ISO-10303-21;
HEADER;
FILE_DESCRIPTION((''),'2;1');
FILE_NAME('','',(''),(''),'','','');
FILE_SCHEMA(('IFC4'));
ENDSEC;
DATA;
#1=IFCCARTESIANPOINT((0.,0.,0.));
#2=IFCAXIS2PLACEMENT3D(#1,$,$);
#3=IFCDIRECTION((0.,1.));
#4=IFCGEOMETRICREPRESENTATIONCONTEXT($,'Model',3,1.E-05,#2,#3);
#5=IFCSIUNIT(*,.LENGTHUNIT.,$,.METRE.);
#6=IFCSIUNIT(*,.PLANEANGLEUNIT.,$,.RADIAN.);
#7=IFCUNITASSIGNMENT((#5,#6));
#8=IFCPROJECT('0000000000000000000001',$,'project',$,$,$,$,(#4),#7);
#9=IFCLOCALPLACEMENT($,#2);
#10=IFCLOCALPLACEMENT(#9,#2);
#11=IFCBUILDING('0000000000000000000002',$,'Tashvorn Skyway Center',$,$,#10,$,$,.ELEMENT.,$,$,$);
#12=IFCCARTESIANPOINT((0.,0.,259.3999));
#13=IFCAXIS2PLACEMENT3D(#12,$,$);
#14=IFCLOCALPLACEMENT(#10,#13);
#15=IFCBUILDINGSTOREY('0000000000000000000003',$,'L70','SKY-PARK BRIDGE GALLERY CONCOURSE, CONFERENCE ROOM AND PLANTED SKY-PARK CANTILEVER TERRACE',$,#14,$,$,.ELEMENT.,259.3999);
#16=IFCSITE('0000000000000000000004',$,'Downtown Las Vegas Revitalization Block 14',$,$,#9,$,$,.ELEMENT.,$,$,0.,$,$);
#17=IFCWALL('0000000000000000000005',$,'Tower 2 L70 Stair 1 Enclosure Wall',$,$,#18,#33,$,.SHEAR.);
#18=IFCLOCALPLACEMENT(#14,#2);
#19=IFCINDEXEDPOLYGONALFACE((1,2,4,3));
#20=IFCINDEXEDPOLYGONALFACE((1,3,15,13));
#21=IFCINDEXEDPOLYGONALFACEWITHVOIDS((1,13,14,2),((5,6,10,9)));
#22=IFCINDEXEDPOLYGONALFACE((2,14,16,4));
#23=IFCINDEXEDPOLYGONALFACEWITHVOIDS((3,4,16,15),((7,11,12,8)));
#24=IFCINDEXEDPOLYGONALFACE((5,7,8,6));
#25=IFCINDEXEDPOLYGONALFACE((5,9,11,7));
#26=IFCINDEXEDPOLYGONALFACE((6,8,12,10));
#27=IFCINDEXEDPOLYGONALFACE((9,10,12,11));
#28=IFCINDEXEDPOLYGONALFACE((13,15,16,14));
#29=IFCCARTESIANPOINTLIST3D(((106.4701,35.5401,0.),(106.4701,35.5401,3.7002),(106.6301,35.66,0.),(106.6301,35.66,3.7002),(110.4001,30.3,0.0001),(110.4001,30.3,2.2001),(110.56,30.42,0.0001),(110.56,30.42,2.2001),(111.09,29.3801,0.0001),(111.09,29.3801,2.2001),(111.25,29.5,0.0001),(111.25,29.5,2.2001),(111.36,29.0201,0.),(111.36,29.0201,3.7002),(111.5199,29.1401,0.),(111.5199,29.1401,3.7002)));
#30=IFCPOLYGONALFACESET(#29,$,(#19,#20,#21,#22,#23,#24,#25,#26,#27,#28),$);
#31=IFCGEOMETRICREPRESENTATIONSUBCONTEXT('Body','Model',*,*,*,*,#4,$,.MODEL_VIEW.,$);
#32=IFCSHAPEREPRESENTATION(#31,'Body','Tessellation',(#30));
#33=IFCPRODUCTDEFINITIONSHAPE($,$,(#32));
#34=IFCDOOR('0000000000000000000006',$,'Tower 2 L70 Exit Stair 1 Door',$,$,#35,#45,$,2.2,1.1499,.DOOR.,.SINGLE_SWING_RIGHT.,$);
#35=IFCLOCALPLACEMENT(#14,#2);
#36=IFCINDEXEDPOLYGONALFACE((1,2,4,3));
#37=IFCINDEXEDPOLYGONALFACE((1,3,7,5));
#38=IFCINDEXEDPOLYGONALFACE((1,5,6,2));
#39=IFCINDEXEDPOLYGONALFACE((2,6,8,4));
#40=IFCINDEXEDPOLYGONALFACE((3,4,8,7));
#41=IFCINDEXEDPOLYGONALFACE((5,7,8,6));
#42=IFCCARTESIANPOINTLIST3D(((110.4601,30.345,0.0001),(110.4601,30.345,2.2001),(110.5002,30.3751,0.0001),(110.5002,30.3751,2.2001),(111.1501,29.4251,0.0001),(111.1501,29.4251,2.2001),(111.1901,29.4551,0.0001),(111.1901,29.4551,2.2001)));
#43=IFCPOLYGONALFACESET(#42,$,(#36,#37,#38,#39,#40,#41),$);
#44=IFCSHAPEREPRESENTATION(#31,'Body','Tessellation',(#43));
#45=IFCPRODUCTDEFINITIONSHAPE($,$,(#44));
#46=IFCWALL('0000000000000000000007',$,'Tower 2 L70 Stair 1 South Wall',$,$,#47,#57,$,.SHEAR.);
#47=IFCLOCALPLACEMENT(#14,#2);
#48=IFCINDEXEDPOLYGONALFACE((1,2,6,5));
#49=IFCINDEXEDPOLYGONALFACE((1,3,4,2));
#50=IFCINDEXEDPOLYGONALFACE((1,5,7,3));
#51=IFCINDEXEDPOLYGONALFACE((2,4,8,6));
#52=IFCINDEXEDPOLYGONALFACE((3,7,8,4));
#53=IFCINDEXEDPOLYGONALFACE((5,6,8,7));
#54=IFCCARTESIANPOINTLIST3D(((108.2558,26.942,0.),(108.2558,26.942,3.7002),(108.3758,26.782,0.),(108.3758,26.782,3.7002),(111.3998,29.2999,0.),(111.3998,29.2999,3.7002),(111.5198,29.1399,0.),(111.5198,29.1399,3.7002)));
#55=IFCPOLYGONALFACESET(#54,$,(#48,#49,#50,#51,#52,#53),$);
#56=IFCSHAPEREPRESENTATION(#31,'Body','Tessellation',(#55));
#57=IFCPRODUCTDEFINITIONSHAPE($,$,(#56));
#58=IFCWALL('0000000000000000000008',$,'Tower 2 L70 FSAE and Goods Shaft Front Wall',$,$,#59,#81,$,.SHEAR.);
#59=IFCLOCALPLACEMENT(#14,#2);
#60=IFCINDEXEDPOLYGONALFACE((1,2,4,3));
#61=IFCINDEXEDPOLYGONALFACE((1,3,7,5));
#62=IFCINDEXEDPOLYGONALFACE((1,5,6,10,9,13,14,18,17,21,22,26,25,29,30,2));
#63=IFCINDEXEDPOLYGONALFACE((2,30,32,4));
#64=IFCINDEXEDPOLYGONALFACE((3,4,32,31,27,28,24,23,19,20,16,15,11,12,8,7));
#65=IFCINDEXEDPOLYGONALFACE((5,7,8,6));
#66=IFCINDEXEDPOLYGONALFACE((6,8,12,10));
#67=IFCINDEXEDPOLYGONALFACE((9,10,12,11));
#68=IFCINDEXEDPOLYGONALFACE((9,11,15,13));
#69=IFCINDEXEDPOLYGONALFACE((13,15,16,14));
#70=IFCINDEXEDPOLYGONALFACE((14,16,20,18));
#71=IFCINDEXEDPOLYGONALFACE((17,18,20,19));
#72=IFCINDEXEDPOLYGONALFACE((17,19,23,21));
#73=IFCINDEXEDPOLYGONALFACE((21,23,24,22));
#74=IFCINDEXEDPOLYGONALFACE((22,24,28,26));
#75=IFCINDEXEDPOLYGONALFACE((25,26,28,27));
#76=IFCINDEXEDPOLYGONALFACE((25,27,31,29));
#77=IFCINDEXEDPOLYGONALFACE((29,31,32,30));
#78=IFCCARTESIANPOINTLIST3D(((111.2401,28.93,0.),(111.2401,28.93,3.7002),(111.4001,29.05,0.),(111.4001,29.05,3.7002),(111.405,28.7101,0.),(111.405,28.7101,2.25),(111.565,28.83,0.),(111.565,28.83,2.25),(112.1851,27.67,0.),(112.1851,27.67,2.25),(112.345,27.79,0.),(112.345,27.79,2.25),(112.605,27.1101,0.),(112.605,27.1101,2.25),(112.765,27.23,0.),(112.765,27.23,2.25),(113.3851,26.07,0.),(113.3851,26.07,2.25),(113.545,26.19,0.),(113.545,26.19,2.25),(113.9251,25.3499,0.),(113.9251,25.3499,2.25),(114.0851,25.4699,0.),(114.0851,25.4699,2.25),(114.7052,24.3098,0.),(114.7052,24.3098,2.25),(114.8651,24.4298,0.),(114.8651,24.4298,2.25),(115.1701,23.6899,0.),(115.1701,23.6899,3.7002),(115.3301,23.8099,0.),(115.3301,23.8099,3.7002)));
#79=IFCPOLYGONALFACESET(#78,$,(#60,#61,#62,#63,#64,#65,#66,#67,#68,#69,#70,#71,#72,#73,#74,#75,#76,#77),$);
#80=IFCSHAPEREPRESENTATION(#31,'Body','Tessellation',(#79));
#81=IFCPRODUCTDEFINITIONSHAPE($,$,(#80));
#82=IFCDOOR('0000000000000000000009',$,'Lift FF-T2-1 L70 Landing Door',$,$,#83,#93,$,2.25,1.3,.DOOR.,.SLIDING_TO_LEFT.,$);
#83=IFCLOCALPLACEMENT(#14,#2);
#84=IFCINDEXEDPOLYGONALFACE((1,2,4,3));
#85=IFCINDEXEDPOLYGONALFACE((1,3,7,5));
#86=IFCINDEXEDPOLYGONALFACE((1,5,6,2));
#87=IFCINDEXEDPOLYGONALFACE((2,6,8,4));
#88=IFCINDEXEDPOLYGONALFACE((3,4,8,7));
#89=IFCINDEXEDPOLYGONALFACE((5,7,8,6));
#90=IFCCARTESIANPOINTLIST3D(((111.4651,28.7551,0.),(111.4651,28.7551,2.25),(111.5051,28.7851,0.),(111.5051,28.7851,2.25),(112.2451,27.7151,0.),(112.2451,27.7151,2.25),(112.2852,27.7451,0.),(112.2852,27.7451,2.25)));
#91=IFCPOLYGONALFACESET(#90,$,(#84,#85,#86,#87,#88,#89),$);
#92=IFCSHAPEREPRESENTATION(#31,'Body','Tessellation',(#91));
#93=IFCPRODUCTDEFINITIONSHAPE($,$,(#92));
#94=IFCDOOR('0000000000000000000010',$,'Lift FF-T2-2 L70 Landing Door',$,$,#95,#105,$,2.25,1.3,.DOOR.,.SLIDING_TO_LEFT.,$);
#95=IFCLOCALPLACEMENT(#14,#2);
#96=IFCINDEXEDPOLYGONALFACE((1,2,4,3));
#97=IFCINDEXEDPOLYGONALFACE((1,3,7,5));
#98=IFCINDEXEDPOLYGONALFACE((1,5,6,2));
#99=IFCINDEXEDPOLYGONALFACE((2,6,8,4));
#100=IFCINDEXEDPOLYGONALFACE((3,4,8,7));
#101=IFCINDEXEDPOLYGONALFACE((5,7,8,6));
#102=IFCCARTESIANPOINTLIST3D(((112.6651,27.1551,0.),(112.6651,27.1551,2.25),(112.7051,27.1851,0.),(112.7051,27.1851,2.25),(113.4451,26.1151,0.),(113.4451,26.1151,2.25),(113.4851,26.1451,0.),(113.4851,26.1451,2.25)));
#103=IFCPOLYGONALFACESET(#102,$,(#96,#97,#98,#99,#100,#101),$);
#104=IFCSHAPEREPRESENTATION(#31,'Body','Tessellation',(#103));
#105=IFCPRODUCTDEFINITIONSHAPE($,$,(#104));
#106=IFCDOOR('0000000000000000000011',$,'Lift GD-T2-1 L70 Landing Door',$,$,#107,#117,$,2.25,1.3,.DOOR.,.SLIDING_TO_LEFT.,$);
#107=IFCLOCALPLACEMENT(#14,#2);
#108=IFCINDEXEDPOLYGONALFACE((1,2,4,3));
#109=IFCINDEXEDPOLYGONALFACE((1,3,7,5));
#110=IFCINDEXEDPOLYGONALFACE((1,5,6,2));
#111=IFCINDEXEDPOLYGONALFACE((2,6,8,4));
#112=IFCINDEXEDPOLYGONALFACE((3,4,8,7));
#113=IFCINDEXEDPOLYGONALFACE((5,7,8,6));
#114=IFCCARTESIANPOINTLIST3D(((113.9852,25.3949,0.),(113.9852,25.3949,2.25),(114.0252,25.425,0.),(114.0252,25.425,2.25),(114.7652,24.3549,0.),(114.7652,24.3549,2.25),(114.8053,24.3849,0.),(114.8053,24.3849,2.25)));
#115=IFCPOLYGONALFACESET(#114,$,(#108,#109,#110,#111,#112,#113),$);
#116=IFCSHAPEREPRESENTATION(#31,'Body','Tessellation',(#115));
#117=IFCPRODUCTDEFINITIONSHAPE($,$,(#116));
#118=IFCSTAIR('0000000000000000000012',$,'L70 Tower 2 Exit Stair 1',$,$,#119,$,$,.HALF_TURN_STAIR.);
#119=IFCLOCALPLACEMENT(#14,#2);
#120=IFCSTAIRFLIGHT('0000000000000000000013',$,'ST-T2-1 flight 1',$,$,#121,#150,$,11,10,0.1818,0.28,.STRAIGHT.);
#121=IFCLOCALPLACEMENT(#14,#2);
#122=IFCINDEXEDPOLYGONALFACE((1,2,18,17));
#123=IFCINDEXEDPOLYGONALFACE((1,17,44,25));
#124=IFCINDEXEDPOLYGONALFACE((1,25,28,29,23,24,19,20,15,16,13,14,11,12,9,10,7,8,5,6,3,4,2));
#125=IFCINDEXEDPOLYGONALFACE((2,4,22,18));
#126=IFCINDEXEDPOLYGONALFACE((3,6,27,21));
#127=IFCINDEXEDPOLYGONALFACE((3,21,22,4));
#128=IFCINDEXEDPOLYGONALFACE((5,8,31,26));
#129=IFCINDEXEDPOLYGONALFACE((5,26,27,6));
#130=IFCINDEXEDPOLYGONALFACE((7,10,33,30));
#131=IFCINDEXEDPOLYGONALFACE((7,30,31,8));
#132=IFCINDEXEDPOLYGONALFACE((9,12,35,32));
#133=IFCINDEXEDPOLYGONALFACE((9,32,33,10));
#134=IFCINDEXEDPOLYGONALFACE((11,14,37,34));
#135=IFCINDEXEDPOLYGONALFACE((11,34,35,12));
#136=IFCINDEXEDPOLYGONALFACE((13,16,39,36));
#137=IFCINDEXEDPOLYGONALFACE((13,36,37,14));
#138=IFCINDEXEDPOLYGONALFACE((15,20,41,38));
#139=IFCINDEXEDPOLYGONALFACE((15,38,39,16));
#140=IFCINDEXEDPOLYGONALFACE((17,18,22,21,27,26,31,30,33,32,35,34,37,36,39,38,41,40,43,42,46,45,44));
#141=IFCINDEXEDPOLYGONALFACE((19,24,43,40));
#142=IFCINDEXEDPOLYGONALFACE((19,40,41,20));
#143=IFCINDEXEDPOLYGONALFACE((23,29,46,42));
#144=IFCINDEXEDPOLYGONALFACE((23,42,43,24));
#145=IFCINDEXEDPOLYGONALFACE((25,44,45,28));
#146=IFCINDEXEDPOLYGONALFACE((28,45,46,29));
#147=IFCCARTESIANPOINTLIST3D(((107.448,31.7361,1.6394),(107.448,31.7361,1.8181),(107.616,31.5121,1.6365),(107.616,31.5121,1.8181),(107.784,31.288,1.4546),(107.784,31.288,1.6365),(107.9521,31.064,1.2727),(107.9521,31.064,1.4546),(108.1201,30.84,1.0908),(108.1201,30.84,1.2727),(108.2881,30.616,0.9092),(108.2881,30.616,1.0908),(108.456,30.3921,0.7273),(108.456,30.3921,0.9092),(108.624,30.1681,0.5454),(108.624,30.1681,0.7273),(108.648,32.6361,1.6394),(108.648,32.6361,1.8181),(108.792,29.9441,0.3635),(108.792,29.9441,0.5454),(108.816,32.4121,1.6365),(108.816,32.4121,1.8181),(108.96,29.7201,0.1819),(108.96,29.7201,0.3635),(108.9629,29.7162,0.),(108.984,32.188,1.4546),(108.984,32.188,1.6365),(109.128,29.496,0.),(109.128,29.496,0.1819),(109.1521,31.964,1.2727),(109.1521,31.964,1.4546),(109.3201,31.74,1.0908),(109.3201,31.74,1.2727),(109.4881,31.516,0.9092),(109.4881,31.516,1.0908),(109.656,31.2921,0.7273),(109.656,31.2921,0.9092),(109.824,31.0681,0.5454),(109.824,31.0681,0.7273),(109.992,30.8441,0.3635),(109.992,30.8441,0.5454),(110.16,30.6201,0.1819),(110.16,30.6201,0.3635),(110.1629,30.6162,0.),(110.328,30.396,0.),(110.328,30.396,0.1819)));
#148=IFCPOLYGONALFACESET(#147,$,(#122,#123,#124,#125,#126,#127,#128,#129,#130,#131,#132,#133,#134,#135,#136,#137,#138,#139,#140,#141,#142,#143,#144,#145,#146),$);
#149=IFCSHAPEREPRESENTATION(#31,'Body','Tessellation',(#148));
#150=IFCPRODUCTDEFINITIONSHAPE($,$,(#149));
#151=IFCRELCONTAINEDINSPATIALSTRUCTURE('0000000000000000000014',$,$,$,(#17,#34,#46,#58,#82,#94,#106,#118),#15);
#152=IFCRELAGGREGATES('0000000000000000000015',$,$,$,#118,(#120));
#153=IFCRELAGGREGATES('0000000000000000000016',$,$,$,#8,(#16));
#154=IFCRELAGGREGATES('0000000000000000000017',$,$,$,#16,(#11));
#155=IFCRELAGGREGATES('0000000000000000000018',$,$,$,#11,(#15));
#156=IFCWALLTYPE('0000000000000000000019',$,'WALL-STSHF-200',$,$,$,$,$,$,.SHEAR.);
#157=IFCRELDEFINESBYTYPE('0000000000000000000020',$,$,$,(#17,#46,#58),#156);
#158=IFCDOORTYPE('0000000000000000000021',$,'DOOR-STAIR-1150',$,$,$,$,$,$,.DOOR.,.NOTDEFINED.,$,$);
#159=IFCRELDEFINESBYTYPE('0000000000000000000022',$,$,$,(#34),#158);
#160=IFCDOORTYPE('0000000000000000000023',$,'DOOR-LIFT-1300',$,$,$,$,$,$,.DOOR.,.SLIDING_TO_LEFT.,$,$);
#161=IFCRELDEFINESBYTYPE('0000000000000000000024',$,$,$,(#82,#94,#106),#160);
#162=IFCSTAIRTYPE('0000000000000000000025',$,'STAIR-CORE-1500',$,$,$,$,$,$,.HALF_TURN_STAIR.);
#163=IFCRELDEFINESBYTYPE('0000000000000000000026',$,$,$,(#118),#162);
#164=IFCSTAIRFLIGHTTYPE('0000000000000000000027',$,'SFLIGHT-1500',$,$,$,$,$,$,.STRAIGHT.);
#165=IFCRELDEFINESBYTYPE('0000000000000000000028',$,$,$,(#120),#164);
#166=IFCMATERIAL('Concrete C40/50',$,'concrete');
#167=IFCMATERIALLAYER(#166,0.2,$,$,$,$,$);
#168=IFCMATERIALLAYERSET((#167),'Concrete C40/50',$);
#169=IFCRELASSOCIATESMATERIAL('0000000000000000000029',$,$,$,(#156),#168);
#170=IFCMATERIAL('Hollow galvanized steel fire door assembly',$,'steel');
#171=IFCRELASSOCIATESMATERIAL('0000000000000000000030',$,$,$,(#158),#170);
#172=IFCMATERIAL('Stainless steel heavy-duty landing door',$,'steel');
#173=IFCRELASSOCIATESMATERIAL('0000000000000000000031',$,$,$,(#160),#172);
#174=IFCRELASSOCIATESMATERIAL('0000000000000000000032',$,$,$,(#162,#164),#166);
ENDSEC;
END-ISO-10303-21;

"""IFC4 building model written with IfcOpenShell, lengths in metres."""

from ifc_helpers import new_model, si_unit, direction, frame, frame_2d, origin, place, context, subcontext, project, spatial, polyline, rectangle, outline, extrude, material, layer, layer_set, type_object, element, fill, aggregate, save


model = new_model("IFC4")

# Units and contexts
model_context = context("Model", 3, precision=1e-05, world=origin(), true_north=direction((0.0, 1.0)))
body_context = subcontext(model_context, "Body", "Model", "MODEL_VIEW")
ifc_project = project(units=[si_unit("LENGTHUNIT", "METRE"), si_unit("PLANEANGLEUNIT", "RADIAN")], contexts=[model_context])

# Site, building, storey
site_placement = place(None, origin())
site = spatial("IfcSite", under=ifc_project, at=site_placement, Name="Downtown Las Vegas Revitalization Block 14", CompositionType="ELEMENT", RefElevation=0.0)
building_placement = place(site_placement, origin())
building = spatial("IfcBuilding", under=site, at=building_placement, Name="Tashvorn Skyway Center", CompositionType="ELEMENT")
storey_placement = place(building_placement, frame((0.0, 0.0, 259.3999)))
storey = spatial("IfcBuildingStorey", under=building, at=storey_placement, Name="L70", Description="SKY-PARK BRIDGE GALLERY CONCOURSE, CONFERENCE ROOM AND PLANTED SKY-PARK CANTILEVER TERRACE", CompositionType="ELEMENT", Elevation=259.3999)

# Shared definitions
ifc_material_1 = material(Name="Concrete C40/50", Category="concrete")
ifc_material_2 = material(Name="Hollow galvanized steel fire door assembly", Category="steel")

# Wall, opening, door
ifc_layer_1 = layer(ifc_material_1, 0.2)
ifc_layer_set_1 = layer_set([ifc_layer_1], Name="Concrete C40/50")
wall_type_1 = type_object("IfcWallType", Name="WALL-STSHF-200", PredefinedType="SHEAR", material=ifc_layer_set_1)
wall_1_placement = place(storey_placement, frame((111.4399, 29.0801, 0.0), z_axis=(0.0, 0.0, 1.0), x_axis=(-0.59999, 0.800007, 0.0)))
wall_1 = element("IfcWall", 1, at=wall_1_placement, inside=storey, type_object=wall_type_1, Name="Tower 2 L70 Stair 1 Enclosure Wall", PredefinedType="SHEAR", context=body_context, shape_type="SweptSolid", body=[
    extrude(rectangle(XDim=8.1499, YDim=0.2, at=frame_2d((4.075, 0.0))), origin(), (0.0, 0.0, 1.0), 3.7002),
])
opening_1_placement = place(wall_1_placement, frame((0.45, 0.0, 0.0)))
opening_1 = element("IfcOpeningElement", 2, at=opening_1_placement, cuts=wall_1, PredefinedType="OPENING", context=body_context, shape_type="SweptSolid", body=[
    extrude(rectangle(XDim=1.1499, YDim=2.2, at=frame_2d((0.575, 1.1001))), frame((0.0, 0.1099, 0.0), z_axis=(0.0, -1.0, 0.0), x_axis=(1.0, 0.0, 0.0)), (0.0, 0.0, 1.0), 0.22),
])
door_type_1 = type_object("IfcDoorType", Name="DOOR-STAIR-1150", OperationType="NOTDEFINED", PredefinedType="DOOR", material=ifc_material_2)
door_1_placement = place(opening_1_placement, origin())
door_1 = element("IfcDoor", 3, at=door_1_placement, inside=storey, type_object=door_type_1, Name="Tower 2 L70 Exit Stair 1 Door", OperationType="SINGLE_SWING_RIGHT", OverallHeight=2.2, OverallWidth=1.1499, PredefinedType="DOOR", context=body_context, shape_type="SweptSolid", body=[
    extrude(rectangle(XDim=1.1499, YDim=2.2, at=frame_2d((0.575, 1.1001))), frame((0.0, 0.0249, 0.0), z_axis=(0.0, -1.0, 0.0), x_axis=(1.0, 0.0, 0.0)), (0.0, 0.0, 1.0), 0.05),
])
fill(opening_1, door_1)

# Wall
wall_2_placement = place(storey_placement, frame((108.3159, 26.8621, 0.0), z_axis=(0.0, 0.0, 1.0), x_axis=(0.800015, 0.59998, 0.0)))
element("IfcWall", 4, at=wall_2_placement, inside=storey, type_object=wall_type_1, Name="Tower 2 L70 Stair 1 South Wall", PredefinedType="SHEAR", context=body_context, shape_type="SweptSolid", body=[
    extrude(rectangle(XDim=3.9299, YDim=0.2, at=frame_2d((1.9648, 0.0))), origin(), (0.0, 0.0, 1.0), 3.7002),
])

# Wall, openings, doors
wall_3_placement = place(storey_placement, frame((115.25, 23.75, 0.0), z_axis=(0.0, 0.0, 1.0), x_axis=(-0.599994, 0.800004, 0.0)))
wall_3 = element("IfcWall", 5, at=wall_3_placement, inside=storey, type_object=wall_type_1, Name="Tower 2 L70 FSAE and Goods Shaft Front Wall", PredefinedType="SHEAR", context=body_context, shape_type="SweptSolid", body=[
    extrude(rectangle(XDim=6.55, YDim=0.2, at=frame_2d((3.2749, 0.0))), origin(), (0.0, 0.0, 1.0), 3.7002),
])
opening_2_placement = place(wall_3_placement, frame((4.9751, 0.0, 0.0)))
opening_2 = element("IfcOpeningElement", 6, at=opening_2_placement, cuts=wall_3, PredefinedType="OPENING", context=body_context, shape_type="SweptSolid", body=[
    extrude(rectangle(XDim=1.3, YDim=2.25, at=frame_2d((0.6499, 1.125))), frame((0.0, 0.1099, 0.0), z_axis=(0.0, -1.0, 0.0), x_axis=(1.0, 0.0, 0.0)), (0.0, 0.0, 1.0), 0.22),
])
opening_3_placement = place(wall_3_placement, frame((2.9751, 0.0, 0.0)))
opening_3 = element("IfcOpeningElement", 7, at=opening_3_placement, cuts=wall_3, PredefinedType="OPENING", context=body_context, shape_type="SweptSolid", body=[
    extrude(rectangle(XDim=1.3, YDim=2.25, at=frame_2d((0.6499, 1.125))), frame((0.0, 0.1099, 0.0), z_axis=(0.0, -1.0, 0.0), x_axis=(1.0, 0.0, 0.0)), (0.0, 0.0, 1.0), 0.22),
])
opening_4_placement = place(wall_3_placement, frame((0.7749, 0.0, 0.0)))
opening_4 = element("IfcOpeningElement", 8, at=opening_4_placement, cuts=wall_3, PredefinedType="OPENING", context=body_context, shape_type="SweptSolid", body=[
    extrude(rectangle(XDim=1.3, YDim=2.25, at=frame_2d((0.6499, 1.125))), frame((0.0, 0.1099, 0.0), z_axis=(0.0, -1.0, 0.0), x_axis=(1.0, 0.0, 0.0)), (0.0, 0.0, 1.0), 0.22),
])
ifc_material_3 = material(Name="Stainless steel heavy-duty landing door", Category="steel")
door_type_2 = type_object("IfcDoorType", Name="DOOR-LIFT-1300", OperationType="SLIDING_TO_LEFT", PredefinedType="DOOR", material=ifc_material_3)
door_2_placement = place(opening_2_placement, origin())
door_2 = element("IfcDoor", 9, at=door_2_placement, inside=storey, type_object=door_type_2, Name="Lift FF-T2-1 L70 Landing Door", OperationType="SLIDING_TO_LEFT", OverallHeight=2.25, OverallWidth=1.3, PredefinedType="DOOR", context=body_context, shape_type="SweptSolid", body=[
    extrude(rectangle(XDim=1.3, YDim=2.25, at=frame_2d((0.6499, 1.125))), frame((0.0, 0.0249, 0.0), z_axis=(0.0, -1.0, 0.0), x_axis=(1.0, 0.0, 0.0)), (0.0, 0.0, 1.0), 0.05),
])
fill(opening_2, door_2)
door_3_placement = place(opening_3_placement, origin())
door_3 = element("IfcDoor", 10, at=door_3_placement, inside=storey, type_object=door_type_2, Name="Lift FF-T2-2 L70 Landing Door", OperationType="SLIDING_TO_LEFT", OverallHeight=2.25, OverallWidth=1.3, PredefinedType="DOOR", context=body_context, shape_type="SweptSolid", body=[
    extrude(rectangle(XDim=1.3, YDim=2.25, at=frame_2d((0.6499, 1.125))), frame((0.0, 0.0249, 0.0), z_axis=(0.0, -1.0, 0.0), x_axis=(1.0, 0.0, 0.0)), (0.0, 0.0, 1.0), 0.05),
])
fill(opening_3, door_3)
door_4_placement = place(opening_4_placement, origin())
door_4 = element("IfcDoor", 11, at=door_4_placement, inside=storey, type_object=door_type_2, Name="Lift GD-T2-1 L70 Landing Door", OperationType="SLIDING_TO_LEFT", OverallHeight=2.25, OverallWidth=1.3, PredefinedType="DOOR", context=body_context, shape_type="SweptSolid", body=[
    extrude(rectangle(XDim=1.3, YDim=2.25, at=frame_2d((0.6499, 1.125))), frame((0.0, 0.0249, 0.0), z_axis=(0.0, -1.0, 0.0), x_axis=(1.0, 0.0, 0.0)), (0.0, 0.0, 1.0), 0.05),
])
fill(opening_4, door_4)

# Stair, stair flight
stair_type = type_object("IfcStairType", Name="STAIR-CORE-1500", PredefinedType="HALF_TURN_STAIR", material=ifc_material_1)
stair_placement = place(storey_placement, origin())
stair = element("IfcStair", 12, at=stair_placement, inside=storey, type_object=stair_type, Name="L70 Tower 2 Exit Stair 1", PredefinedType="HALF_TURN_STAIR")
stair_flight_type = type_object("IfcStairFlightType", Name="SFLIGHT-1500", PredefinedType="STRAIGHT", material=ifc_material_1)
stair_flight_placement = place(storey_placement, frame((109.728, 29.946, 0.0), z_axis=(0.0, 0.0, 1.0), x_axis=(-0.6, 0.8, 0.0)))
stair_flight = element("IfcStairFlight", 13, at=stair_flight_placement, type_object=stair_flight_type, Name="ST-T2-1 flight 1", NumberOfRisers=11, NumberOfTreads=10, PredefinedType="STRAIGHT", RiserHeight=0.1818, TreadLength=0.28, context=body_context, shape_type="SweptSolid", body=[
    extrude(outline(polyline([(0.0, 0.0), (0.0, 0.1819), (0.28, 0.1819), (0.28, 0.3635), (0.5601, 0.3635), (0.5601, 0.5454), (0.8401, 0.5454), (0.8401, 0.7273), (1.1201, 0.7273), (1.1201, 0.9092), (1.3999, 0.9092), (1.3999, 1.0908), (1.6799, 1.0908), (1.6799, 1.2727), (1.96, 1.2727), (1.96, 1.4546), (2.24, 1.4546), (2.24, 1.6365), (2.52, 1.6365), (2.52, 1.8181), (2.8, 1.8181), (2.8, 2.0), (2.8, 1.6394), (0.2751, 0.0), (0.0, 0.0)])), frame((0.0, 0.75, 0.0), z_axis=(0.0, -1.0, 0.0), x_axis=(1.0, 0.0, 0.0)), (0.0, 0.0, 1.0), 1.5),
])
aggregate(stair, [stair_flight])

save(model, "model.ifc")
